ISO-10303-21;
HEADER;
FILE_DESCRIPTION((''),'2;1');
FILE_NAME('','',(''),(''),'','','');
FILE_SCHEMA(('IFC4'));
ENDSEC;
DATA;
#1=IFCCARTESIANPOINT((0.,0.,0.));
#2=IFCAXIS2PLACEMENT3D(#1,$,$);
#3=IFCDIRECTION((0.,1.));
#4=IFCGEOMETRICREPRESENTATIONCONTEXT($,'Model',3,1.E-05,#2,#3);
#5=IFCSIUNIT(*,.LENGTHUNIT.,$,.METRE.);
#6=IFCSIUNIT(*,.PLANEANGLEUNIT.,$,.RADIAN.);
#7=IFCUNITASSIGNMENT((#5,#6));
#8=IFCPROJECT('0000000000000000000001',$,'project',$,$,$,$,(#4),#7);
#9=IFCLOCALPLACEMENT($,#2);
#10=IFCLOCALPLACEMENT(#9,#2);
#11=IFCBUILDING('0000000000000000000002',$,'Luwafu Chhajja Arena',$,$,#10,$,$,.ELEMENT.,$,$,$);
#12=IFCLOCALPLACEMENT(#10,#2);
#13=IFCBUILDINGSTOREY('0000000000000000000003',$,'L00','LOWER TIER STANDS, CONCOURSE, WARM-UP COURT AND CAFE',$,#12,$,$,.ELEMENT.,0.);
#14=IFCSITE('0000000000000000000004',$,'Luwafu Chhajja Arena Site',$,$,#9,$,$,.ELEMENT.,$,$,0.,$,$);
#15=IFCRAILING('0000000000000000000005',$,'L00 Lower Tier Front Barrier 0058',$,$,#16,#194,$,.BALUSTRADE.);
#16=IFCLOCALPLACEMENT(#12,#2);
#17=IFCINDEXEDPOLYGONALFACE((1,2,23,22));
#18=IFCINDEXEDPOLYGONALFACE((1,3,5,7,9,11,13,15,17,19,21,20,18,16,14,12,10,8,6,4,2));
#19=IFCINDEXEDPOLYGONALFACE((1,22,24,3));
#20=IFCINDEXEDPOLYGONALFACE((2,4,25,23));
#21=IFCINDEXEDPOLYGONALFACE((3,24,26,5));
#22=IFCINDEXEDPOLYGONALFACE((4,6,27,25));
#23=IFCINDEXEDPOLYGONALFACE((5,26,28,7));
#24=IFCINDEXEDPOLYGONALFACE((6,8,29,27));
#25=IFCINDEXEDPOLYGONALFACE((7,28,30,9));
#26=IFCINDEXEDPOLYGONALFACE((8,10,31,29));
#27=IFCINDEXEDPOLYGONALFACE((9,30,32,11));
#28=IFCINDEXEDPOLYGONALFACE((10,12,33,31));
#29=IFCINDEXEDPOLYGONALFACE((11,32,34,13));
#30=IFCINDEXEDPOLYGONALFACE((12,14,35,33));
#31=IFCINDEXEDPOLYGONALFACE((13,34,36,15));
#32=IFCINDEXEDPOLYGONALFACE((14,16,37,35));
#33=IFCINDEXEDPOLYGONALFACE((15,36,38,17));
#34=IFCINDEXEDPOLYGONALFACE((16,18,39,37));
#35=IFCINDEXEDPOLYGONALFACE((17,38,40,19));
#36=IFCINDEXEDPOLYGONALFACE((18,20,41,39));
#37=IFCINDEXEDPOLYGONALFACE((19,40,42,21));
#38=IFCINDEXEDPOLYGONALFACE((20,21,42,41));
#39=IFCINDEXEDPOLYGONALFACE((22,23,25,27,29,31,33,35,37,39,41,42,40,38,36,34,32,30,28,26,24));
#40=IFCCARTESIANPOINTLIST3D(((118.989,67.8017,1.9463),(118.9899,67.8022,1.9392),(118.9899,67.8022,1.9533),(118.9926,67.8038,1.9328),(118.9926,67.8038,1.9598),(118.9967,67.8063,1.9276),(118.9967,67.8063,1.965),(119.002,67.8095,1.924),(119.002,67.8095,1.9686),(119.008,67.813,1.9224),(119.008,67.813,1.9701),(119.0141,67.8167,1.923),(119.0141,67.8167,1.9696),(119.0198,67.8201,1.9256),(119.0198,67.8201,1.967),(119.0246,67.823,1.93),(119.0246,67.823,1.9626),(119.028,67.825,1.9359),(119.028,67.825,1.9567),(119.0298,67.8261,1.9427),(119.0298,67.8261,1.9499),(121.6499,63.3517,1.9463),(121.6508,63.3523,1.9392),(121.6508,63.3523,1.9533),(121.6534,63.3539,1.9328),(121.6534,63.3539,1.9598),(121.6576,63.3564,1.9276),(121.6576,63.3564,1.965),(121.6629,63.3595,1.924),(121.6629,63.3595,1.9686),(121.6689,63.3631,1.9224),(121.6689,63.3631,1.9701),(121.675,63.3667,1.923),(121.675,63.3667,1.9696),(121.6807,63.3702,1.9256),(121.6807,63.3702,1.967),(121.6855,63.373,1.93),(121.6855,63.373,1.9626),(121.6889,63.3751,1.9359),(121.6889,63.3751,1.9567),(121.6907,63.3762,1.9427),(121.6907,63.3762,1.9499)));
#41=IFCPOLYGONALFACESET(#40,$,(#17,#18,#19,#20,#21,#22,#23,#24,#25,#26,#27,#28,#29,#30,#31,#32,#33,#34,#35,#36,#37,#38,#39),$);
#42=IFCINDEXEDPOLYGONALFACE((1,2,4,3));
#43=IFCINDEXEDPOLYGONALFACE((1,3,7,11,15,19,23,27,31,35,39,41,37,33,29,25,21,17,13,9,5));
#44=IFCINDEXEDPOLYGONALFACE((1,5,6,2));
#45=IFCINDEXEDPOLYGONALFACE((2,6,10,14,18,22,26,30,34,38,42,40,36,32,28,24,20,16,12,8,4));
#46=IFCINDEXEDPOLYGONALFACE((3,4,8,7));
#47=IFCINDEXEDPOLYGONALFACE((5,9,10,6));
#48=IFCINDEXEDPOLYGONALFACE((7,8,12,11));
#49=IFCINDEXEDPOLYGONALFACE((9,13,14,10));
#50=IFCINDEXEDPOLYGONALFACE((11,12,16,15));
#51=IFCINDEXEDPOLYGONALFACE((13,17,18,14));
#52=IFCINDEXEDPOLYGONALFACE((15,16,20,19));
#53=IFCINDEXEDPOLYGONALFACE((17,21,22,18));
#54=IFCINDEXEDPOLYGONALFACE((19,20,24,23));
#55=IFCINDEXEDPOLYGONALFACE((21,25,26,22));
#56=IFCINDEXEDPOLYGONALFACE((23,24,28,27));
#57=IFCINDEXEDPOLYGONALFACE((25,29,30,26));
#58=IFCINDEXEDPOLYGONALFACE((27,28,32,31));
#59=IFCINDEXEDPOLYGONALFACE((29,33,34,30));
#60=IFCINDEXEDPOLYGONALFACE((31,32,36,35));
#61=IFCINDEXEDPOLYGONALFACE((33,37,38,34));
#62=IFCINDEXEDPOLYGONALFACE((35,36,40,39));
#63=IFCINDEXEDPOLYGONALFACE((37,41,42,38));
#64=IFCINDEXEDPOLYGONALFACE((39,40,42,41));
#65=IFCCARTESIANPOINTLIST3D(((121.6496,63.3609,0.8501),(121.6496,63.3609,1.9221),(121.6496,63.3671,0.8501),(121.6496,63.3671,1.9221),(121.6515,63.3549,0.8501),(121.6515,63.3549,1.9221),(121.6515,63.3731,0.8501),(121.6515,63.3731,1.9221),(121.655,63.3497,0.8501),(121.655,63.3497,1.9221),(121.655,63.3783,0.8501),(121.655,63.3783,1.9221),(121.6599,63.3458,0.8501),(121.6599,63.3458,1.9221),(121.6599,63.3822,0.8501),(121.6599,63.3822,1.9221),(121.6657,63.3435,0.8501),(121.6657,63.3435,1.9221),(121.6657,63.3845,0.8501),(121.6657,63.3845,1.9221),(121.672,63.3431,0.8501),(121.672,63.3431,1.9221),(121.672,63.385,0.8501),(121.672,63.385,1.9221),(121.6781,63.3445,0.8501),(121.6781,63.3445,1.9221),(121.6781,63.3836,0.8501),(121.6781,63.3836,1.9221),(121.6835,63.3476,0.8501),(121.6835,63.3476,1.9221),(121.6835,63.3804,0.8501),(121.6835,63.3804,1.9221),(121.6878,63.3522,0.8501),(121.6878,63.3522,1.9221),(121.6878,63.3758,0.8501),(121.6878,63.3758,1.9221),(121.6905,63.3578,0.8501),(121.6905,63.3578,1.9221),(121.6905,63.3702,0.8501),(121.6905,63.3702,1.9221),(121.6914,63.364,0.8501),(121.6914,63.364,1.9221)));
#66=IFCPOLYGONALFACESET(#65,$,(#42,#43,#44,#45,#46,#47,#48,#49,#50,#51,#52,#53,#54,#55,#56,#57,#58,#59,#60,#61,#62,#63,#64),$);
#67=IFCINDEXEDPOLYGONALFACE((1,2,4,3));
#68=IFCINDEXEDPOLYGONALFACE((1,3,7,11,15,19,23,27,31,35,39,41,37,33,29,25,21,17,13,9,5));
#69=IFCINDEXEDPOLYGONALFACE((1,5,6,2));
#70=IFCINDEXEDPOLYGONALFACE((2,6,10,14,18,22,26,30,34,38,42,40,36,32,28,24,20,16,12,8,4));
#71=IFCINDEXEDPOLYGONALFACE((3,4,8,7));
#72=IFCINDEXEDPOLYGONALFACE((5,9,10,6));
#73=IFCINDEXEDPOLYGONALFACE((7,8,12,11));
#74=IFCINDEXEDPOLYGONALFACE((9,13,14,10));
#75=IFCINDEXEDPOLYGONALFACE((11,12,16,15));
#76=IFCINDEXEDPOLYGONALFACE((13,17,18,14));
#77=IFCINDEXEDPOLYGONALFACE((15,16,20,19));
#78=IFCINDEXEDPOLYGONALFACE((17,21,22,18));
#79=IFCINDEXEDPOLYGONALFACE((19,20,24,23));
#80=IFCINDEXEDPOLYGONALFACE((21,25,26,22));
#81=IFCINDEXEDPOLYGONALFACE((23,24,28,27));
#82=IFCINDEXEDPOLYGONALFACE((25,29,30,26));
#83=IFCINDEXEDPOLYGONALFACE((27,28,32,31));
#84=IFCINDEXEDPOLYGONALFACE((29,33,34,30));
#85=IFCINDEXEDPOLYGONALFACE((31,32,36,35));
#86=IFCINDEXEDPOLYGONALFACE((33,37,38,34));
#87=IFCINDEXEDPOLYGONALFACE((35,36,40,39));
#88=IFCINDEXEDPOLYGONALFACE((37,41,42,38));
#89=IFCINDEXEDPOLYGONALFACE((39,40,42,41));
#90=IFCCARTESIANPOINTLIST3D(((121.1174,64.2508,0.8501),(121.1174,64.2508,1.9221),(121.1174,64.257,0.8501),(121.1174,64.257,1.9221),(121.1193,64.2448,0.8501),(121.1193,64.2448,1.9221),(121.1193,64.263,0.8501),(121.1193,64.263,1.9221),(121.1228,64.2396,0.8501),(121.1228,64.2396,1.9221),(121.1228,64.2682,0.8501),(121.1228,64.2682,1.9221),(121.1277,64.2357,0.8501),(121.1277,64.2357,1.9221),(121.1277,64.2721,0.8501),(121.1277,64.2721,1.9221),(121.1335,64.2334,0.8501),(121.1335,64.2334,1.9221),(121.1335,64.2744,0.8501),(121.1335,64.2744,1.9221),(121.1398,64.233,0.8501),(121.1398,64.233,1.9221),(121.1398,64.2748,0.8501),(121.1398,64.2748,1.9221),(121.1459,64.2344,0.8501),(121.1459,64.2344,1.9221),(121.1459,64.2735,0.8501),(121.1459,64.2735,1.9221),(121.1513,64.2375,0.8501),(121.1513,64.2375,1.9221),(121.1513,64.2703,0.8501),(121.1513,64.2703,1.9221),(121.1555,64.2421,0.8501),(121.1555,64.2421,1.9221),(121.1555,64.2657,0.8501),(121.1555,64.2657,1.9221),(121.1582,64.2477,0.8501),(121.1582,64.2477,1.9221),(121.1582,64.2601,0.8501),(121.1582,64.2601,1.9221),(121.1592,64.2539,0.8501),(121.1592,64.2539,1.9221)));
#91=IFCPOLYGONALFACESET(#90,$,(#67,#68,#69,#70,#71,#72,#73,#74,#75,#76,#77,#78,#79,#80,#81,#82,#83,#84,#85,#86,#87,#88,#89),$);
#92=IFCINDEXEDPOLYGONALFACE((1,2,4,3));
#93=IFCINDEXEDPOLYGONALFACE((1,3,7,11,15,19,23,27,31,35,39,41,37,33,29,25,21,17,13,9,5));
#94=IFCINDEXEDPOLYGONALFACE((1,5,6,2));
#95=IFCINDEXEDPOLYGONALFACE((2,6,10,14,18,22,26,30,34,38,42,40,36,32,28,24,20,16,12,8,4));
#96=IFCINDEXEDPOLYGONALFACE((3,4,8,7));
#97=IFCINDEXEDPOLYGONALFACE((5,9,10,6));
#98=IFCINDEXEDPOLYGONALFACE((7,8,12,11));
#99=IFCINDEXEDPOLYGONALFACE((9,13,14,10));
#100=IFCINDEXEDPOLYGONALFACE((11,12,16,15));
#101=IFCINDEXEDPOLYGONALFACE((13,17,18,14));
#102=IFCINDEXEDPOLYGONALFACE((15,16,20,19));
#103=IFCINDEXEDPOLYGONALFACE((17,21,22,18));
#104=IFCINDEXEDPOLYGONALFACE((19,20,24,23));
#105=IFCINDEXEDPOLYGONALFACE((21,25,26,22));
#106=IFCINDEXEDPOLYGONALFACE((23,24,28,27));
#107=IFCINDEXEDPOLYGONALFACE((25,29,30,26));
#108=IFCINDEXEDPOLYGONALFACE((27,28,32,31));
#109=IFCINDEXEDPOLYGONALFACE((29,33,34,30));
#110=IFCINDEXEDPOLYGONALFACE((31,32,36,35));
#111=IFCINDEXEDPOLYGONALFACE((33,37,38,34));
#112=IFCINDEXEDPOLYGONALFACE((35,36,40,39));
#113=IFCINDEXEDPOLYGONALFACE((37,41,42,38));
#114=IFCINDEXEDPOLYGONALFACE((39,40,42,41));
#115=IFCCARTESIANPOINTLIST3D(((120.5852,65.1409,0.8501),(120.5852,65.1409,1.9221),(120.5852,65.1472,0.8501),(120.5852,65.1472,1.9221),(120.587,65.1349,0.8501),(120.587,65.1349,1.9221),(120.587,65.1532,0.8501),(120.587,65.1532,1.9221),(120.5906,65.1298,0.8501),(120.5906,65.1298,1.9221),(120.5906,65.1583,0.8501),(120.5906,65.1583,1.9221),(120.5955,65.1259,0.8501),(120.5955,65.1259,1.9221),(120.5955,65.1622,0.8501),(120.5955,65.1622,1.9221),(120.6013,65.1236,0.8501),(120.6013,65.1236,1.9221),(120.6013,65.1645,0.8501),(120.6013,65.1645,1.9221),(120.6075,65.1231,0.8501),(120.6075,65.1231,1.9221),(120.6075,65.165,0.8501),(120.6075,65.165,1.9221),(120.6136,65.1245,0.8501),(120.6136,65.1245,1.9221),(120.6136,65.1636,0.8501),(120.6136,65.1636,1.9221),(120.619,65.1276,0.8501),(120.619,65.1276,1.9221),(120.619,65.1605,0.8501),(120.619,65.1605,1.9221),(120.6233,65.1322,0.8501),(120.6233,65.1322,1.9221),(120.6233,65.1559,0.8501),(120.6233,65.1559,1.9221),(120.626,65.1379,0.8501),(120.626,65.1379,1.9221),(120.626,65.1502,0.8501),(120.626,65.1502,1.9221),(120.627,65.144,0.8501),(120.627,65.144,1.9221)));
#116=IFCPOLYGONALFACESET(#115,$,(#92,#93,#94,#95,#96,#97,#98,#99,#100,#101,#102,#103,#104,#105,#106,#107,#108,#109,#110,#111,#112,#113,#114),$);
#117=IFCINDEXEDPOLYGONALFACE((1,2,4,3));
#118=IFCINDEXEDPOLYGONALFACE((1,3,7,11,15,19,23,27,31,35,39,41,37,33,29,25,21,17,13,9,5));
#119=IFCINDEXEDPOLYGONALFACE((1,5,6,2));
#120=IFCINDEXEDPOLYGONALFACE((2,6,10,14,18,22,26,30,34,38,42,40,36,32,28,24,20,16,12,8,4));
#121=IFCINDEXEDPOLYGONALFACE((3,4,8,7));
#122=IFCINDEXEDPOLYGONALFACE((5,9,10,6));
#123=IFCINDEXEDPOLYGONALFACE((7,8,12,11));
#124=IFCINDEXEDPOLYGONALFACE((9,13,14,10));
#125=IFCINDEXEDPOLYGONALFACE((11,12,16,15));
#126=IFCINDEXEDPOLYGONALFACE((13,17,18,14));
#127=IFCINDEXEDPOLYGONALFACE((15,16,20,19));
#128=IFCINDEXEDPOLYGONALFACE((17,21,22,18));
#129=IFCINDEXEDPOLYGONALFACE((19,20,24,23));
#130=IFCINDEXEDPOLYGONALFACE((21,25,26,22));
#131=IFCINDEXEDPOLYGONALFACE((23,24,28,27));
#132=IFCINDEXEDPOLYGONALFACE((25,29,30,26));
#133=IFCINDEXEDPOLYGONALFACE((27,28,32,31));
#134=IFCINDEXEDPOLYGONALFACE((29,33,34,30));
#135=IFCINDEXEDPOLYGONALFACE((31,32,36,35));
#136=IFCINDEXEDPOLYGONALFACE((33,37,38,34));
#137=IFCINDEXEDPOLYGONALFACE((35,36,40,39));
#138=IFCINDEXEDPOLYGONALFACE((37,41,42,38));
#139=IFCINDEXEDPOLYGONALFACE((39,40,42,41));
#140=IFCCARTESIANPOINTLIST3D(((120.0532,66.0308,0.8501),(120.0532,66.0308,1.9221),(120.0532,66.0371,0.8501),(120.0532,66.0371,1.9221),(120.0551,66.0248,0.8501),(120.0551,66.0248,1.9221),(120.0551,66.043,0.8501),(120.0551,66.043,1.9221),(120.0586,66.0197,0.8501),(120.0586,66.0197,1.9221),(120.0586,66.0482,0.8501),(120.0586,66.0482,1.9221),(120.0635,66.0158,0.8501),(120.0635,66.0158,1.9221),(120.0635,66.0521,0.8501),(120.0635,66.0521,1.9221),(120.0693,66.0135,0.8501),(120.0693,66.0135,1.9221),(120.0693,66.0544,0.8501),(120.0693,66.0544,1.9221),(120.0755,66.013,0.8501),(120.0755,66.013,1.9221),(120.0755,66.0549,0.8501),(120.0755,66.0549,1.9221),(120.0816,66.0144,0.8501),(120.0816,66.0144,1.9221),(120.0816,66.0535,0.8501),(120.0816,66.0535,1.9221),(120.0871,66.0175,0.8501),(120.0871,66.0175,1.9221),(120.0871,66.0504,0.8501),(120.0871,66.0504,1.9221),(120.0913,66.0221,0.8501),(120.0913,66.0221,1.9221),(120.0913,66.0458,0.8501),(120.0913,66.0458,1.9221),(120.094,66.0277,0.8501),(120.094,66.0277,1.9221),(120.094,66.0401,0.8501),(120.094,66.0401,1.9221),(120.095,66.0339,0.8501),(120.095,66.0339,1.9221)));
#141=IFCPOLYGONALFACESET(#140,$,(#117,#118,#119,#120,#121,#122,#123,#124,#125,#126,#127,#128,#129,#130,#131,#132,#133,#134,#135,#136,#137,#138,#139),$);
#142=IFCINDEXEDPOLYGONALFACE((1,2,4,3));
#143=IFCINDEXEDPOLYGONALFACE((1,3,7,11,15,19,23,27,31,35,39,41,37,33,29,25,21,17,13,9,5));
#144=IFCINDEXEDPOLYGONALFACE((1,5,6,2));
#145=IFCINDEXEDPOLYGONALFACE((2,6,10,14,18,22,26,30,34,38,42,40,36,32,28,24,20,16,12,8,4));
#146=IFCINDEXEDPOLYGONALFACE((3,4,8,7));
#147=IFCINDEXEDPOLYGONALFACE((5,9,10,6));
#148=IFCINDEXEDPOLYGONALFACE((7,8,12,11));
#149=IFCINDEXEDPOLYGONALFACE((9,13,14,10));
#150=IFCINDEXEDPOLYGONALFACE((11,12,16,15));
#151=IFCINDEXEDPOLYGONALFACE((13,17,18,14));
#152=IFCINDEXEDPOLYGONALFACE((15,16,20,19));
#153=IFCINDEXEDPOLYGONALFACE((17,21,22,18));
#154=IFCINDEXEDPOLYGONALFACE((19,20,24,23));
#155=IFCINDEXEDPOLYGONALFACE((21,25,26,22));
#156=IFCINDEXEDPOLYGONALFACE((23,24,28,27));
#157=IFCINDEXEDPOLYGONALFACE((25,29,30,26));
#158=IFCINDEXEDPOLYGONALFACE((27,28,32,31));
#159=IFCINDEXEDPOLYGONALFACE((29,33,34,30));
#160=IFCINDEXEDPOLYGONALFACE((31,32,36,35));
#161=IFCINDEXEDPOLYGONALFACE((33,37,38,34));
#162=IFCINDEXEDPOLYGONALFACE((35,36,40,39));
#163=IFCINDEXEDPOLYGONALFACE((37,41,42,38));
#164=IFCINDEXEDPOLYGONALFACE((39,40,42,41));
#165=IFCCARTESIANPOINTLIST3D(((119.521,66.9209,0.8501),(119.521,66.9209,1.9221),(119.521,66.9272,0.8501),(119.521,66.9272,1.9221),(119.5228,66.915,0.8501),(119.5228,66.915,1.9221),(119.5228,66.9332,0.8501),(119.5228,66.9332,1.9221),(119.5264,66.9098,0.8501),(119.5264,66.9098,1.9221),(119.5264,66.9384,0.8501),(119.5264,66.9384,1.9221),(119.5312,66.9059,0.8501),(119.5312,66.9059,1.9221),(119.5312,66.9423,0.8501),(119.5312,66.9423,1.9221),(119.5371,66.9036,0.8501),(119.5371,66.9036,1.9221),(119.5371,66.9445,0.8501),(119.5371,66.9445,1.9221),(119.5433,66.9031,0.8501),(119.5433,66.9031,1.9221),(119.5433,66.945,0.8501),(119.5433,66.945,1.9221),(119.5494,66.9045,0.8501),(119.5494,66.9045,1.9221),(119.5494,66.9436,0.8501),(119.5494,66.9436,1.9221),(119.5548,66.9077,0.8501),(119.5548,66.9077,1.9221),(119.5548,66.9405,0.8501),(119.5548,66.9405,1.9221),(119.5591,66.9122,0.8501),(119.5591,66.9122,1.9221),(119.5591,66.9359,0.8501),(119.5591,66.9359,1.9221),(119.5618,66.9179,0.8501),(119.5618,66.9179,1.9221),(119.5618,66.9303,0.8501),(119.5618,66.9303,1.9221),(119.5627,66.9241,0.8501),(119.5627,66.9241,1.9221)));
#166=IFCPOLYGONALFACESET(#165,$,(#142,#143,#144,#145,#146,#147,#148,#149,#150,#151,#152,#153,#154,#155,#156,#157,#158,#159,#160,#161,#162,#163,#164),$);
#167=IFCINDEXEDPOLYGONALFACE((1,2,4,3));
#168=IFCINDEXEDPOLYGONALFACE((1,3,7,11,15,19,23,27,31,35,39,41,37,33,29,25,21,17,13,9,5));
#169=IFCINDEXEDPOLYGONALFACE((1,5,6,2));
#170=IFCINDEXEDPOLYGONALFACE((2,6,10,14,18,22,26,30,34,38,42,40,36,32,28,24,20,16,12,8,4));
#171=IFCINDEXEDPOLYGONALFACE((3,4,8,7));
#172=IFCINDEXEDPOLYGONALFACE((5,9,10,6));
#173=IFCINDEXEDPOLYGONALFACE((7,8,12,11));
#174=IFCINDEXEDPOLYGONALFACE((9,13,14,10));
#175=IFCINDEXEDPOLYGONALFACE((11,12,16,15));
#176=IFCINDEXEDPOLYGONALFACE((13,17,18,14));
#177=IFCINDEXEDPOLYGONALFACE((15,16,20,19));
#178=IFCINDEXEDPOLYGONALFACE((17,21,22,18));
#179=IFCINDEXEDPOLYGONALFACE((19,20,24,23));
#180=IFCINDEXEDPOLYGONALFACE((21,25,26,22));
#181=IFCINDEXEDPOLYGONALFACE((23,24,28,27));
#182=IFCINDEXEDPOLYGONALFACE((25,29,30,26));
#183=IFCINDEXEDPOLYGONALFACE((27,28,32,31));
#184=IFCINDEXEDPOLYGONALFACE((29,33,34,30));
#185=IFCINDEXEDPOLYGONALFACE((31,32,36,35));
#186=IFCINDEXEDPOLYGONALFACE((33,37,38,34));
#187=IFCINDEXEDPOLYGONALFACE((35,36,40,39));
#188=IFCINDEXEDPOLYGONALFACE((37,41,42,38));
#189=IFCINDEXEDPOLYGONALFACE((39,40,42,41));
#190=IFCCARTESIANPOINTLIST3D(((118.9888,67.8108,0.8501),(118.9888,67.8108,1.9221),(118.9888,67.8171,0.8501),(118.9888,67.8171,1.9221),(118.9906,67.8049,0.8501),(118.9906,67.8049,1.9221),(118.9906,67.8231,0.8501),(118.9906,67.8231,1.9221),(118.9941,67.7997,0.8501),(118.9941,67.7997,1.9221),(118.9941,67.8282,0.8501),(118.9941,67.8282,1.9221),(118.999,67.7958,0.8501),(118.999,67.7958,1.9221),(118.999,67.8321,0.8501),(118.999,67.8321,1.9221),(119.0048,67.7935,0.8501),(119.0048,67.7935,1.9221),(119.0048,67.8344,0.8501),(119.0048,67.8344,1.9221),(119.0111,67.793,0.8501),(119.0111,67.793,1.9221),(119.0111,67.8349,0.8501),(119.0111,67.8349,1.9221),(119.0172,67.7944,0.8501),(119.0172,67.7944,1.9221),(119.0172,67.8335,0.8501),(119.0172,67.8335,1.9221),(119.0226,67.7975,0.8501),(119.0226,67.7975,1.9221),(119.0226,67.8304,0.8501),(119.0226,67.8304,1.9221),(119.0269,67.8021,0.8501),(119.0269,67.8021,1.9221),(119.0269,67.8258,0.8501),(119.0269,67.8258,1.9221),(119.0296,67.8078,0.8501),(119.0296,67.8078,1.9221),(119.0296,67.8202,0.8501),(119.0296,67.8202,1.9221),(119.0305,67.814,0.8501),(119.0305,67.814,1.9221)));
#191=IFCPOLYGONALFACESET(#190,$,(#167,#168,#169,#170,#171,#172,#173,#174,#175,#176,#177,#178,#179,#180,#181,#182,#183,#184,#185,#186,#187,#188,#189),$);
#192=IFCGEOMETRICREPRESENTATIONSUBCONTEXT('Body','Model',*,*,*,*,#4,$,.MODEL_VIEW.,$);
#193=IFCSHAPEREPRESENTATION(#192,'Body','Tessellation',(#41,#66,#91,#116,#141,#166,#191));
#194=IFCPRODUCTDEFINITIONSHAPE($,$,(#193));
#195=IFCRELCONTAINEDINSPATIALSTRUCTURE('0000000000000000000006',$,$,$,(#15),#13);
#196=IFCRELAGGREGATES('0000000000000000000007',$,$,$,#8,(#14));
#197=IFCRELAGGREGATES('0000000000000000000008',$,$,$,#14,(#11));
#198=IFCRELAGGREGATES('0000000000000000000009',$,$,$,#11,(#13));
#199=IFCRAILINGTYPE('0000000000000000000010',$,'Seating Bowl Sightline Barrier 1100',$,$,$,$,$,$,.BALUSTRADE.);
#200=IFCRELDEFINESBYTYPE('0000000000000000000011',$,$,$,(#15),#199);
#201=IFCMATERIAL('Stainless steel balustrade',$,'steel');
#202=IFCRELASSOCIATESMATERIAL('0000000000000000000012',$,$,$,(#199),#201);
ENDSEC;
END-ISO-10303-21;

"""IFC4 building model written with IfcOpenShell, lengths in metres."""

from ifc_helpers import new_model, si_unit, direction, frame, origin, origin_2d, place, context, subcontext, project, spatial, circle, extrude, material, type_object, element, save


model = new_model("IFC4")

# Units and contexts
model_context = context("Model", 3, precision=1e-05, world=origin(), true_north=direction((0.0, 1.0)))
body_context = subcontext(model_context, "Body", "Model", "MODEL_VIEW")
ifc_project = project(units=[si_unit("LENGTHUNIT", "METRE"), si_unit("PLANEANGLEUNIT", "RADIAN")], contexts=[model_context])

# Site, building, storey
site_placement = place(None, origin())
site = spatial("IfcSite", under=ifc_project, at=site_placement, Name="Luwafu Chhajja Arena Site", CompositionType="ELEMENT", RefElevation=0.0)
building_placement = place(site_placement, origin())
building = spatial("IfcBuilding", under=site, at=building_placement, Name="Luwafu Chhajja Arena", CompositionType="ELEMENT")
storey_placement = place(building_placement, origin())
storey = spatial("IfcBuildingStorey", under=building, at=storey_placement, Name="L00", Description="LOWER TIER STANDS, CONCOURSE, WARM-UP COURT AND CAFE", CompositionType="ELEMENT", Elevation=0.0)

# Railing
ifc_material_1 = material(Name="Stainless steel balustrade", Category="steel")
railing_type = type_object("IfcRailingType", Name="Seating Bowl Sightline Barrier 1100", PredefinedType="BALUSTRADE", material=ifc_material_1)
railing_1_placement = place(storey_placement, frame((121.6704, 63.364, 0.8501)))
element("IfcRailing", 1, at=railing_1_placement, inside=storey, type_object=railing_type, Name="L00 Lower Tier Front Barrier 0058", PredefinedType="BALUSTRADE", context=body_context, shape_type="SweptSolid", body=[
    extrude(circle(Radius=0.0239, at=origin_2d()), frame((0.0, 0.0, 1.0962), z_axis=(-0.513207, 0.858265, 0.0), x_axis=(-0.858265, -0.513207, 0.0)), (0.0, 0.0, 1.0), 5.1848),
    extrude(circle(Radius=0.021, at=origin_2d()), origin(), (0.0, 0.0, 1.0), 1.072),
    extrude(circle(Radius=0.021, at=origin_2d()), frame((-0.5322, 0.8899, 0.0)), (0.0, 0.0, 1.0), 1.072),
    extrude(circle(Radius=0.021, at=origin_2d()), frame((-1.0645, 1.78, 0.0)), (0.0, 0.0, 1.0), 1.072),
    extrude(circle(Radius=0.021, at=origin_2d()), frame((-1.5964, 2.6699, 0.0)), (0.0, 0.0, 1.0), 1.072),
    extrude(circle(Radius=0.021, at=origin_2d()), frame((-2.1287, 3.5601, 0.0)), (0.0, 0.0, 1.0), 1.072),
    extrude(circle(Radius=0.021, at=origin_2d()), frame((-2.6609, 4.45, 0.0)), (0.0, 0.0, 1.0), 1.072),
])

save(model, "model.ifc")
